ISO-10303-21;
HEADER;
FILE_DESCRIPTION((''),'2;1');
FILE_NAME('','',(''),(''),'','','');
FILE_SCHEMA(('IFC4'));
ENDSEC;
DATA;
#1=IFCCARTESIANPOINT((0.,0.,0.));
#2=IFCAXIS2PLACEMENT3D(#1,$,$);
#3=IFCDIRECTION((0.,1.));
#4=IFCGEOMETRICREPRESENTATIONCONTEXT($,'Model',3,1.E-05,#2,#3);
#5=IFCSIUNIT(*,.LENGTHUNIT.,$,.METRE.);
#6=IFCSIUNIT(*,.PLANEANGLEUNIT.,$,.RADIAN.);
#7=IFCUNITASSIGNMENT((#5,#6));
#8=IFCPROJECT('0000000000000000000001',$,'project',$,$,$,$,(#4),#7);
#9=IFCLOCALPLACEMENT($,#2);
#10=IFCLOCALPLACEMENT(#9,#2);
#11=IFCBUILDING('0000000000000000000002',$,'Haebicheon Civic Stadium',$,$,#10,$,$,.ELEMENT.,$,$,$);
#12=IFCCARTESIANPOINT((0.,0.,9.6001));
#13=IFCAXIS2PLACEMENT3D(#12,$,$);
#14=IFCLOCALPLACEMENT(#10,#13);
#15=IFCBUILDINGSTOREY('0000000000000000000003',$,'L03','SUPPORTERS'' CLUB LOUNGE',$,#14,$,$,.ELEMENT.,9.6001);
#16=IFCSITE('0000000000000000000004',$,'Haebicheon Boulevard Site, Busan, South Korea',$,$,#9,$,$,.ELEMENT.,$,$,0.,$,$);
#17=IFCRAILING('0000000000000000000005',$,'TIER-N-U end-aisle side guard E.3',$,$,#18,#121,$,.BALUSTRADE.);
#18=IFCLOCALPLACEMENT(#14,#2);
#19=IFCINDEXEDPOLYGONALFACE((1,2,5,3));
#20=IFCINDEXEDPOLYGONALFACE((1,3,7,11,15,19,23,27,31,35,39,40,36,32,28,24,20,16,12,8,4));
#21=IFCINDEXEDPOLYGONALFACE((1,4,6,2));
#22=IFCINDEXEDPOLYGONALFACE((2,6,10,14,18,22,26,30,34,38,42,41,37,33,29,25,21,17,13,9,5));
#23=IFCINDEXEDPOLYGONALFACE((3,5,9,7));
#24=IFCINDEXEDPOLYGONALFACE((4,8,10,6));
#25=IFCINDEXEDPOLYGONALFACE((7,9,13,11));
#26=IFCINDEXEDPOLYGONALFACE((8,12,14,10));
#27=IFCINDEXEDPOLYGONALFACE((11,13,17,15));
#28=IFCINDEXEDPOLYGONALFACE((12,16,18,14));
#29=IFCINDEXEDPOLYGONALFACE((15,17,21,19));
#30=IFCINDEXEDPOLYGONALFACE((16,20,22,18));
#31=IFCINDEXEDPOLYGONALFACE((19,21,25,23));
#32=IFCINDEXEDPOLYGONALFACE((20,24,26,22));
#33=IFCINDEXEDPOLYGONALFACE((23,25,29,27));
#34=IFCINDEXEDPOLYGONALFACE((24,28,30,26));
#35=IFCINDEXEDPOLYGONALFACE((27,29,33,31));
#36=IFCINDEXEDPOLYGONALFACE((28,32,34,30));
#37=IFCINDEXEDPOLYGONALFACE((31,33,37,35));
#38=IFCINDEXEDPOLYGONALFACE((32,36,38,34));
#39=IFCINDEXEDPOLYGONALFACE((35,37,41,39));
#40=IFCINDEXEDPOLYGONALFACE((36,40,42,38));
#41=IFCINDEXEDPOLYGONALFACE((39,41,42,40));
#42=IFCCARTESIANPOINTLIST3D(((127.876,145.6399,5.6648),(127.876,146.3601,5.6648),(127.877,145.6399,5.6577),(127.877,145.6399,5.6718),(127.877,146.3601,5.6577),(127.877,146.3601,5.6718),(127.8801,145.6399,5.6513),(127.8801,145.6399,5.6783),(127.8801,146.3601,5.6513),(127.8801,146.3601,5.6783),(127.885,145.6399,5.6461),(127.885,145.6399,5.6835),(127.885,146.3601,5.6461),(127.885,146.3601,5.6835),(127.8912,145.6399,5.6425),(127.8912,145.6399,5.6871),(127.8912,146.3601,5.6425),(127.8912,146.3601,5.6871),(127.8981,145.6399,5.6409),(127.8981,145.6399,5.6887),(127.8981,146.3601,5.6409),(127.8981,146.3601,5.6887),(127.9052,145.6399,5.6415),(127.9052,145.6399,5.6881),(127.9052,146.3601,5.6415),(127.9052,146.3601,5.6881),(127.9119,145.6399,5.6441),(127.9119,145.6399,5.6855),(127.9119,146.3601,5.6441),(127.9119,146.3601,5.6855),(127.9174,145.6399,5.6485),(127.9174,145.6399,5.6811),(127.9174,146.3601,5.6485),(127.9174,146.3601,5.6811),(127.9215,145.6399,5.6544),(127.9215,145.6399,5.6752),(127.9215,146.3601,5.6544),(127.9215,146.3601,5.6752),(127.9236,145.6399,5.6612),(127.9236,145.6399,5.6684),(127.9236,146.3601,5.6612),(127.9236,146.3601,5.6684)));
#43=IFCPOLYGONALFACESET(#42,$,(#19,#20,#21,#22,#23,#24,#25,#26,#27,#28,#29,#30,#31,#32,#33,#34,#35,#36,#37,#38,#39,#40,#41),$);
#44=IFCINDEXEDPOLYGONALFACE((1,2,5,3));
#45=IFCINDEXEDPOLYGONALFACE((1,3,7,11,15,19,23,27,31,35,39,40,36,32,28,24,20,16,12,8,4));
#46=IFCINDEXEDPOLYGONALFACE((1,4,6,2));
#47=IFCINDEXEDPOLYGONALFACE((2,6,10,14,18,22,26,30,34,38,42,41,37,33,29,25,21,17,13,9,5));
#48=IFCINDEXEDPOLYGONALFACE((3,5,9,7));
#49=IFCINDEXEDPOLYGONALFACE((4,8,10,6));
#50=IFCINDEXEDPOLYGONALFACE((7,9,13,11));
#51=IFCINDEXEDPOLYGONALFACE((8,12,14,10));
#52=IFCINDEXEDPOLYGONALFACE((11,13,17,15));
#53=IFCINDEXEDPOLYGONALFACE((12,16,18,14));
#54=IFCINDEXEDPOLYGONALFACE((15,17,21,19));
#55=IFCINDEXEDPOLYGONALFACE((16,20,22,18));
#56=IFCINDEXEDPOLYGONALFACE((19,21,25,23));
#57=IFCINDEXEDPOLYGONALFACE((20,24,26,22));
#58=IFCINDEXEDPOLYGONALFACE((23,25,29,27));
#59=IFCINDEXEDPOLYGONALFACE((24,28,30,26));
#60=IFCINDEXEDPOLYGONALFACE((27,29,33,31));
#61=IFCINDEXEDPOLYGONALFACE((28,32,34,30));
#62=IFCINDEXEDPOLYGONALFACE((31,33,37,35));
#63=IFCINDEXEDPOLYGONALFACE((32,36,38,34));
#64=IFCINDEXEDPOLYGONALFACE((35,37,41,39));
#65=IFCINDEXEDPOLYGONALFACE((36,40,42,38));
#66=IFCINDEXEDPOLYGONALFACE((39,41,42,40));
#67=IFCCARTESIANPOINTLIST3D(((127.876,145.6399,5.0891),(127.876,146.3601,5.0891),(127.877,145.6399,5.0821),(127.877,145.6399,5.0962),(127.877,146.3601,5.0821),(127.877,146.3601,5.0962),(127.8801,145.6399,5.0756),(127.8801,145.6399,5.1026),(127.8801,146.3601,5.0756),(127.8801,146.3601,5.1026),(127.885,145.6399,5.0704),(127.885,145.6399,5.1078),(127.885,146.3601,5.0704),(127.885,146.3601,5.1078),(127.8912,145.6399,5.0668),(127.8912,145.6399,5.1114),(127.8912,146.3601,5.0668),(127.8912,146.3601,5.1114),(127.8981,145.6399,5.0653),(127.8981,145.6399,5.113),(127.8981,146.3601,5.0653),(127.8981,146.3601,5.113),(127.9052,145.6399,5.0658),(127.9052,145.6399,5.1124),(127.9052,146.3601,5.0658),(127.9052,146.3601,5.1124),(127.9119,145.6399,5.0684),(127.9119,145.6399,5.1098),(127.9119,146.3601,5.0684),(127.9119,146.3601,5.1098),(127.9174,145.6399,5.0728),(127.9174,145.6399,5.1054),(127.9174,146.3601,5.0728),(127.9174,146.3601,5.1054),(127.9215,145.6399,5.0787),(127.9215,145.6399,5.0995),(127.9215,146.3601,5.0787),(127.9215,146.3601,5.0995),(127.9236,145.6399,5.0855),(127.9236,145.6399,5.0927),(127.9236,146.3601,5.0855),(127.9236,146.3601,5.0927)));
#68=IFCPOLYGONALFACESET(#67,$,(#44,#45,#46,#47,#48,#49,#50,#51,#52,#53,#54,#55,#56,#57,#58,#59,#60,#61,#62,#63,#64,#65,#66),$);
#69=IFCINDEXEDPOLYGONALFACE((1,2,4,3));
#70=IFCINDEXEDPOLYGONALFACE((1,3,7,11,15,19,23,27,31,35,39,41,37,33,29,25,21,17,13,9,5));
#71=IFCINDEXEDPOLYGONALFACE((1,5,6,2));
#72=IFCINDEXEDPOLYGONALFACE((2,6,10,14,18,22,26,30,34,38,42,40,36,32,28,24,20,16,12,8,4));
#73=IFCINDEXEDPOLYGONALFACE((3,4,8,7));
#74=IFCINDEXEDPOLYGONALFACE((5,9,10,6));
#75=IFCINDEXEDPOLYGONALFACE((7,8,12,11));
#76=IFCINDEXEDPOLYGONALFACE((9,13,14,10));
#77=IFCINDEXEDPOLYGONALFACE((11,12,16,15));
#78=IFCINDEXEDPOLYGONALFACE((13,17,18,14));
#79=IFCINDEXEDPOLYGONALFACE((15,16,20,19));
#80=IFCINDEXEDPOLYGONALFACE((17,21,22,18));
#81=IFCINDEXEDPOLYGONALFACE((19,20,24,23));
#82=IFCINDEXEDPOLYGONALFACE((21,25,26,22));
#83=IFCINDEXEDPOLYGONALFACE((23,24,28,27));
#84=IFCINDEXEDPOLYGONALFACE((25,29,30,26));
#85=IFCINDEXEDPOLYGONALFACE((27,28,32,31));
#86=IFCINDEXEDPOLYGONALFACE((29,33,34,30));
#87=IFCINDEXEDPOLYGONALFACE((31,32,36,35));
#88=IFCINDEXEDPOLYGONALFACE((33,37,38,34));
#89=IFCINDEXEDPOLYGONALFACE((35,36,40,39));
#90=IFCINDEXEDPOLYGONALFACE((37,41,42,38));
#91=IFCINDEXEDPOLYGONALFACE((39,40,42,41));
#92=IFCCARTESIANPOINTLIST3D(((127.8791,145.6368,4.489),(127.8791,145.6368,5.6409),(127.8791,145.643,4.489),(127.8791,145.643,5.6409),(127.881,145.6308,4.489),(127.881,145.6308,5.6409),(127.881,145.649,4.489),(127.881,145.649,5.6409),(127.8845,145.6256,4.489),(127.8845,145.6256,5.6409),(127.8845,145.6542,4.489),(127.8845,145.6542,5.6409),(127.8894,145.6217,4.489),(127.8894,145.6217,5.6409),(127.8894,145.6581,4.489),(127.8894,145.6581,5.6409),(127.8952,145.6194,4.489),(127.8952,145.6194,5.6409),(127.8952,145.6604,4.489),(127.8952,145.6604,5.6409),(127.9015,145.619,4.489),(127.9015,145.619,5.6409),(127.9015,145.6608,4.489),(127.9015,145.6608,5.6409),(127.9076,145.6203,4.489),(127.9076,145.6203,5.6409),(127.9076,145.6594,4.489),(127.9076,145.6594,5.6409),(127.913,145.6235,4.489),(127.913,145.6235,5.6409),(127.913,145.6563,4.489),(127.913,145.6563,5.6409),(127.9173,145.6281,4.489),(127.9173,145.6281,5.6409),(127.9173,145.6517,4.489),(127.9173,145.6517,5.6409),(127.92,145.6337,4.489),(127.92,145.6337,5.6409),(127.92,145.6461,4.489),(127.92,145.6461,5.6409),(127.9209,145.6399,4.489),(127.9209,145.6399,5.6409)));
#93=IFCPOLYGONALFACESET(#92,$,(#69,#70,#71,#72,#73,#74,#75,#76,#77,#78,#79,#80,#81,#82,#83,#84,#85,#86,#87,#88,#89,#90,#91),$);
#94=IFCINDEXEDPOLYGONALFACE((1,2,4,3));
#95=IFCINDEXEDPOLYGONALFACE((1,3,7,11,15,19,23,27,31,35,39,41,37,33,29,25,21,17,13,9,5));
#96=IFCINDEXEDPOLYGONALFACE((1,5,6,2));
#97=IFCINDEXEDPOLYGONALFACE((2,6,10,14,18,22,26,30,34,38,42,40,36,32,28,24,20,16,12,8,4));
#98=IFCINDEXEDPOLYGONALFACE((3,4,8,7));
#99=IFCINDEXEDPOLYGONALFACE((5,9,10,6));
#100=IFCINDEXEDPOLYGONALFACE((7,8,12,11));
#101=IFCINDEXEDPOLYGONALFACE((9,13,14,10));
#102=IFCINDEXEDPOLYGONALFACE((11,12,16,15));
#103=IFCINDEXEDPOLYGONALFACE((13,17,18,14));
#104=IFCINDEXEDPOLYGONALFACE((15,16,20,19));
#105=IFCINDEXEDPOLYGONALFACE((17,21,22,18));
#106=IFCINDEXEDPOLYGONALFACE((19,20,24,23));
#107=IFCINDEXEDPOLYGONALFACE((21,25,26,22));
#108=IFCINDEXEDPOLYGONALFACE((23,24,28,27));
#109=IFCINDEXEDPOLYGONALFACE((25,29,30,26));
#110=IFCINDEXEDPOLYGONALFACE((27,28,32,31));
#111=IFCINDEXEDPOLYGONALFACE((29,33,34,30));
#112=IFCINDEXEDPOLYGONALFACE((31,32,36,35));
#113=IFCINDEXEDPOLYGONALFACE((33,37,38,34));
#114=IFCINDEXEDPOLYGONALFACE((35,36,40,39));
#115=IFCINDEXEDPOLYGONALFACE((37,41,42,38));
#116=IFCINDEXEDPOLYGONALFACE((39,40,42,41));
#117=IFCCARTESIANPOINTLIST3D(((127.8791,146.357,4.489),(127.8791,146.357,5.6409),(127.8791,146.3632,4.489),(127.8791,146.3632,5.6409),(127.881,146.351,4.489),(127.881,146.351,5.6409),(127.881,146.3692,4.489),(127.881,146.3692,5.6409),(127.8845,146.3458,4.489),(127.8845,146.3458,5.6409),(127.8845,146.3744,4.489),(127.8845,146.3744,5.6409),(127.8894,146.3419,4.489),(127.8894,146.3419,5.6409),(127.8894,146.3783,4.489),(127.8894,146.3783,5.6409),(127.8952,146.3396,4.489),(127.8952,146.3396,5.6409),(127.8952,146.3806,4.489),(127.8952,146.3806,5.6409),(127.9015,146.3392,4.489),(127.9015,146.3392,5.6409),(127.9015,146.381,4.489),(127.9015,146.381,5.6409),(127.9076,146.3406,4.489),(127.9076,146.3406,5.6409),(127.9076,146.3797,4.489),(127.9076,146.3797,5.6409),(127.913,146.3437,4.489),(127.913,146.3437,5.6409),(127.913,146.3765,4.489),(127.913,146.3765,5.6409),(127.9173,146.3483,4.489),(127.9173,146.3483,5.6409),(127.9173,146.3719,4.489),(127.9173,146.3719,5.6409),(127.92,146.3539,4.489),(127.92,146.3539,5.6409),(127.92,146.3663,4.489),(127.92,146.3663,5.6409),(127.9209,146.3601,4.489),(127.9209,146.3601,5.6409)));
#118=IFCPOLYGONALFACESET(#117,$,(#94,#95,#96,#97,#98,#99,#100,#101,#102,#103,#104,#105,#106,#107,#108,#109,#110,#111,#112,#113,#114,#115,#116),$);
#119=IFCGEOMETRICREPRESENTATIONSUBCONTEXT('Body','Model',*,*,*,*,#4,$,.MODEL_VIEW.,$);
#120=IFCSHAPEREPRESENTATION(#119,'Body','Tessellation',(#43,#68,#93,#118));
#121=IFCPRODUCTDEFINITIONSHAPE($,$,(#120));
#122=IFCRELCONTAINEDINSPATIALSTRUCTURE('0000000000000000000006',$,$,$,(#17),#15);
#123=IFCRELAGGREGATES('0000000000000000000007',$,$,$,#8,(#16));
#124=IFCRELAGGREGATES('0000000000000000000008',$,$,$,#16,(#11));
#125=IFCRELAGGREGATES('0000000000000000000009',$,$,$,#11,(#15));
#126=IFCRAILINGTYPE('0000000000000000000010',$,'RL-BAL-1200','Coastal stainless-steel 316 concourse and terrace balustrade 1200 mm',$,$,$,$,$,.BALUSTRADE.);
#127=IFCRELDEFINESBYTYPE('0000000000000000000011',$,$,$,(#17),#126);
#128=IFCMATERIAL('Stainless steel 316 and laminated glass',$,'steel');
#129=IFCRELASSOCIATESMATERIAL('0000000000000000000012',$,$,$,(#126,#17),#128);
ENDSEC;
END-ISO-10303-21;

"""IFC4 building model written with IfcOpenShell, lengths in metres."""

from ifc_helpers import new_model, si_unit, direction, frame, origin, origin_2d, place, context, subcontext, project, spatial, circle, extrude, material, type_object, element, save


model = new_model("IFC4")

# Units and contexts
model_context = context("Model", 3, precision=1e-05, world=origin(), true_north=direction((0.0, 1.0)))
body_context = subcontext(model_context, "Body", "Model", "MODEL_VIEW")
ifc_project = project(units=[si_unit("LENGTHUNIT", "METRE"), si_unit("PLANEANGLEUNIT", "RADIAN")], contexts=[model_context])

# Site, building, storey
site_placement = place(None, origin())
site = spatial("IfcSite", under=ifc_project, at=site_placement, Name="Haebicheon Boulevard Site, Busan, South Korea", CompositionType="ELEMENT", RefElevation=0.0)
building_placement = place(site_placement, origin())
building = spatial("IfcBuilding", under=site, at=building_placement, Name="Haebicheon Civic Stadium", CompositionType="ELEMENT")
storey_placement = place(building_placement, frame((0.0, 0.0, 9.6001)))
storey = spatial("IfcBuildingStorey", under=building, at=storey_placement, Name="L03", Description="SUPPORTERS' CLUB LOUNGE", CompositionType="ELEMENT", Elevation=9.6001)

# Railing
ifc_material_1 = material(Name="Stainless steel 316 and laminated glass", Category="steel")
railing_type = type_object("IfcRailingType", Name="RL-BAL-1200", Description="Coastal stainless-steel 316 concourse and terrace balustrade 1200 mm", PredefinedType="BALUSTRADE", material=ifc_material_1)
railing_placement = place(storey_placement, frame((127.8999, 145.6399, 4.489)))
element("IfcRailing", 1, at=railing_placement, inside=storey, type_object=railing_type, material=ifc_material_1, Name="TIER-N-U end-aisle side guard E.3", PredefinedType="BALUSTRADE", context=body_context, shape_type="SweptSolid", body=[
    extrude(circle(Radius=0.0239, at=origin_2d()), frame((0.0, 0.0, 1.1758), z_axis=(0.0, 1.0, 0.0), x_axis=(-1.0, 0.0, 0.0)), (0.0, 0.0, 1.0), 0.7202),
    extrude(circle(Radius=0.0239, at=origin_2d()), frame((0.0, 0.0, 0.6001), z_axis=(0.0, 1.0, 0.0), x_axis=(-1.0, 0.0, 0.0)), (0.0, 0.0, 1.0), 0.7202),
    extrude(circle(Radius=0.021, at=origin_2d()), origin(), (0.0, 0.0, 1.0), 1.1519),
    extrude(circle(Radius=0.021, at=origin_2d()), frame((0.0, 0.7202, 0.0)), (0.0, 0.0, 1.0), 1.1519),
])

save(model, "model.ifc")
